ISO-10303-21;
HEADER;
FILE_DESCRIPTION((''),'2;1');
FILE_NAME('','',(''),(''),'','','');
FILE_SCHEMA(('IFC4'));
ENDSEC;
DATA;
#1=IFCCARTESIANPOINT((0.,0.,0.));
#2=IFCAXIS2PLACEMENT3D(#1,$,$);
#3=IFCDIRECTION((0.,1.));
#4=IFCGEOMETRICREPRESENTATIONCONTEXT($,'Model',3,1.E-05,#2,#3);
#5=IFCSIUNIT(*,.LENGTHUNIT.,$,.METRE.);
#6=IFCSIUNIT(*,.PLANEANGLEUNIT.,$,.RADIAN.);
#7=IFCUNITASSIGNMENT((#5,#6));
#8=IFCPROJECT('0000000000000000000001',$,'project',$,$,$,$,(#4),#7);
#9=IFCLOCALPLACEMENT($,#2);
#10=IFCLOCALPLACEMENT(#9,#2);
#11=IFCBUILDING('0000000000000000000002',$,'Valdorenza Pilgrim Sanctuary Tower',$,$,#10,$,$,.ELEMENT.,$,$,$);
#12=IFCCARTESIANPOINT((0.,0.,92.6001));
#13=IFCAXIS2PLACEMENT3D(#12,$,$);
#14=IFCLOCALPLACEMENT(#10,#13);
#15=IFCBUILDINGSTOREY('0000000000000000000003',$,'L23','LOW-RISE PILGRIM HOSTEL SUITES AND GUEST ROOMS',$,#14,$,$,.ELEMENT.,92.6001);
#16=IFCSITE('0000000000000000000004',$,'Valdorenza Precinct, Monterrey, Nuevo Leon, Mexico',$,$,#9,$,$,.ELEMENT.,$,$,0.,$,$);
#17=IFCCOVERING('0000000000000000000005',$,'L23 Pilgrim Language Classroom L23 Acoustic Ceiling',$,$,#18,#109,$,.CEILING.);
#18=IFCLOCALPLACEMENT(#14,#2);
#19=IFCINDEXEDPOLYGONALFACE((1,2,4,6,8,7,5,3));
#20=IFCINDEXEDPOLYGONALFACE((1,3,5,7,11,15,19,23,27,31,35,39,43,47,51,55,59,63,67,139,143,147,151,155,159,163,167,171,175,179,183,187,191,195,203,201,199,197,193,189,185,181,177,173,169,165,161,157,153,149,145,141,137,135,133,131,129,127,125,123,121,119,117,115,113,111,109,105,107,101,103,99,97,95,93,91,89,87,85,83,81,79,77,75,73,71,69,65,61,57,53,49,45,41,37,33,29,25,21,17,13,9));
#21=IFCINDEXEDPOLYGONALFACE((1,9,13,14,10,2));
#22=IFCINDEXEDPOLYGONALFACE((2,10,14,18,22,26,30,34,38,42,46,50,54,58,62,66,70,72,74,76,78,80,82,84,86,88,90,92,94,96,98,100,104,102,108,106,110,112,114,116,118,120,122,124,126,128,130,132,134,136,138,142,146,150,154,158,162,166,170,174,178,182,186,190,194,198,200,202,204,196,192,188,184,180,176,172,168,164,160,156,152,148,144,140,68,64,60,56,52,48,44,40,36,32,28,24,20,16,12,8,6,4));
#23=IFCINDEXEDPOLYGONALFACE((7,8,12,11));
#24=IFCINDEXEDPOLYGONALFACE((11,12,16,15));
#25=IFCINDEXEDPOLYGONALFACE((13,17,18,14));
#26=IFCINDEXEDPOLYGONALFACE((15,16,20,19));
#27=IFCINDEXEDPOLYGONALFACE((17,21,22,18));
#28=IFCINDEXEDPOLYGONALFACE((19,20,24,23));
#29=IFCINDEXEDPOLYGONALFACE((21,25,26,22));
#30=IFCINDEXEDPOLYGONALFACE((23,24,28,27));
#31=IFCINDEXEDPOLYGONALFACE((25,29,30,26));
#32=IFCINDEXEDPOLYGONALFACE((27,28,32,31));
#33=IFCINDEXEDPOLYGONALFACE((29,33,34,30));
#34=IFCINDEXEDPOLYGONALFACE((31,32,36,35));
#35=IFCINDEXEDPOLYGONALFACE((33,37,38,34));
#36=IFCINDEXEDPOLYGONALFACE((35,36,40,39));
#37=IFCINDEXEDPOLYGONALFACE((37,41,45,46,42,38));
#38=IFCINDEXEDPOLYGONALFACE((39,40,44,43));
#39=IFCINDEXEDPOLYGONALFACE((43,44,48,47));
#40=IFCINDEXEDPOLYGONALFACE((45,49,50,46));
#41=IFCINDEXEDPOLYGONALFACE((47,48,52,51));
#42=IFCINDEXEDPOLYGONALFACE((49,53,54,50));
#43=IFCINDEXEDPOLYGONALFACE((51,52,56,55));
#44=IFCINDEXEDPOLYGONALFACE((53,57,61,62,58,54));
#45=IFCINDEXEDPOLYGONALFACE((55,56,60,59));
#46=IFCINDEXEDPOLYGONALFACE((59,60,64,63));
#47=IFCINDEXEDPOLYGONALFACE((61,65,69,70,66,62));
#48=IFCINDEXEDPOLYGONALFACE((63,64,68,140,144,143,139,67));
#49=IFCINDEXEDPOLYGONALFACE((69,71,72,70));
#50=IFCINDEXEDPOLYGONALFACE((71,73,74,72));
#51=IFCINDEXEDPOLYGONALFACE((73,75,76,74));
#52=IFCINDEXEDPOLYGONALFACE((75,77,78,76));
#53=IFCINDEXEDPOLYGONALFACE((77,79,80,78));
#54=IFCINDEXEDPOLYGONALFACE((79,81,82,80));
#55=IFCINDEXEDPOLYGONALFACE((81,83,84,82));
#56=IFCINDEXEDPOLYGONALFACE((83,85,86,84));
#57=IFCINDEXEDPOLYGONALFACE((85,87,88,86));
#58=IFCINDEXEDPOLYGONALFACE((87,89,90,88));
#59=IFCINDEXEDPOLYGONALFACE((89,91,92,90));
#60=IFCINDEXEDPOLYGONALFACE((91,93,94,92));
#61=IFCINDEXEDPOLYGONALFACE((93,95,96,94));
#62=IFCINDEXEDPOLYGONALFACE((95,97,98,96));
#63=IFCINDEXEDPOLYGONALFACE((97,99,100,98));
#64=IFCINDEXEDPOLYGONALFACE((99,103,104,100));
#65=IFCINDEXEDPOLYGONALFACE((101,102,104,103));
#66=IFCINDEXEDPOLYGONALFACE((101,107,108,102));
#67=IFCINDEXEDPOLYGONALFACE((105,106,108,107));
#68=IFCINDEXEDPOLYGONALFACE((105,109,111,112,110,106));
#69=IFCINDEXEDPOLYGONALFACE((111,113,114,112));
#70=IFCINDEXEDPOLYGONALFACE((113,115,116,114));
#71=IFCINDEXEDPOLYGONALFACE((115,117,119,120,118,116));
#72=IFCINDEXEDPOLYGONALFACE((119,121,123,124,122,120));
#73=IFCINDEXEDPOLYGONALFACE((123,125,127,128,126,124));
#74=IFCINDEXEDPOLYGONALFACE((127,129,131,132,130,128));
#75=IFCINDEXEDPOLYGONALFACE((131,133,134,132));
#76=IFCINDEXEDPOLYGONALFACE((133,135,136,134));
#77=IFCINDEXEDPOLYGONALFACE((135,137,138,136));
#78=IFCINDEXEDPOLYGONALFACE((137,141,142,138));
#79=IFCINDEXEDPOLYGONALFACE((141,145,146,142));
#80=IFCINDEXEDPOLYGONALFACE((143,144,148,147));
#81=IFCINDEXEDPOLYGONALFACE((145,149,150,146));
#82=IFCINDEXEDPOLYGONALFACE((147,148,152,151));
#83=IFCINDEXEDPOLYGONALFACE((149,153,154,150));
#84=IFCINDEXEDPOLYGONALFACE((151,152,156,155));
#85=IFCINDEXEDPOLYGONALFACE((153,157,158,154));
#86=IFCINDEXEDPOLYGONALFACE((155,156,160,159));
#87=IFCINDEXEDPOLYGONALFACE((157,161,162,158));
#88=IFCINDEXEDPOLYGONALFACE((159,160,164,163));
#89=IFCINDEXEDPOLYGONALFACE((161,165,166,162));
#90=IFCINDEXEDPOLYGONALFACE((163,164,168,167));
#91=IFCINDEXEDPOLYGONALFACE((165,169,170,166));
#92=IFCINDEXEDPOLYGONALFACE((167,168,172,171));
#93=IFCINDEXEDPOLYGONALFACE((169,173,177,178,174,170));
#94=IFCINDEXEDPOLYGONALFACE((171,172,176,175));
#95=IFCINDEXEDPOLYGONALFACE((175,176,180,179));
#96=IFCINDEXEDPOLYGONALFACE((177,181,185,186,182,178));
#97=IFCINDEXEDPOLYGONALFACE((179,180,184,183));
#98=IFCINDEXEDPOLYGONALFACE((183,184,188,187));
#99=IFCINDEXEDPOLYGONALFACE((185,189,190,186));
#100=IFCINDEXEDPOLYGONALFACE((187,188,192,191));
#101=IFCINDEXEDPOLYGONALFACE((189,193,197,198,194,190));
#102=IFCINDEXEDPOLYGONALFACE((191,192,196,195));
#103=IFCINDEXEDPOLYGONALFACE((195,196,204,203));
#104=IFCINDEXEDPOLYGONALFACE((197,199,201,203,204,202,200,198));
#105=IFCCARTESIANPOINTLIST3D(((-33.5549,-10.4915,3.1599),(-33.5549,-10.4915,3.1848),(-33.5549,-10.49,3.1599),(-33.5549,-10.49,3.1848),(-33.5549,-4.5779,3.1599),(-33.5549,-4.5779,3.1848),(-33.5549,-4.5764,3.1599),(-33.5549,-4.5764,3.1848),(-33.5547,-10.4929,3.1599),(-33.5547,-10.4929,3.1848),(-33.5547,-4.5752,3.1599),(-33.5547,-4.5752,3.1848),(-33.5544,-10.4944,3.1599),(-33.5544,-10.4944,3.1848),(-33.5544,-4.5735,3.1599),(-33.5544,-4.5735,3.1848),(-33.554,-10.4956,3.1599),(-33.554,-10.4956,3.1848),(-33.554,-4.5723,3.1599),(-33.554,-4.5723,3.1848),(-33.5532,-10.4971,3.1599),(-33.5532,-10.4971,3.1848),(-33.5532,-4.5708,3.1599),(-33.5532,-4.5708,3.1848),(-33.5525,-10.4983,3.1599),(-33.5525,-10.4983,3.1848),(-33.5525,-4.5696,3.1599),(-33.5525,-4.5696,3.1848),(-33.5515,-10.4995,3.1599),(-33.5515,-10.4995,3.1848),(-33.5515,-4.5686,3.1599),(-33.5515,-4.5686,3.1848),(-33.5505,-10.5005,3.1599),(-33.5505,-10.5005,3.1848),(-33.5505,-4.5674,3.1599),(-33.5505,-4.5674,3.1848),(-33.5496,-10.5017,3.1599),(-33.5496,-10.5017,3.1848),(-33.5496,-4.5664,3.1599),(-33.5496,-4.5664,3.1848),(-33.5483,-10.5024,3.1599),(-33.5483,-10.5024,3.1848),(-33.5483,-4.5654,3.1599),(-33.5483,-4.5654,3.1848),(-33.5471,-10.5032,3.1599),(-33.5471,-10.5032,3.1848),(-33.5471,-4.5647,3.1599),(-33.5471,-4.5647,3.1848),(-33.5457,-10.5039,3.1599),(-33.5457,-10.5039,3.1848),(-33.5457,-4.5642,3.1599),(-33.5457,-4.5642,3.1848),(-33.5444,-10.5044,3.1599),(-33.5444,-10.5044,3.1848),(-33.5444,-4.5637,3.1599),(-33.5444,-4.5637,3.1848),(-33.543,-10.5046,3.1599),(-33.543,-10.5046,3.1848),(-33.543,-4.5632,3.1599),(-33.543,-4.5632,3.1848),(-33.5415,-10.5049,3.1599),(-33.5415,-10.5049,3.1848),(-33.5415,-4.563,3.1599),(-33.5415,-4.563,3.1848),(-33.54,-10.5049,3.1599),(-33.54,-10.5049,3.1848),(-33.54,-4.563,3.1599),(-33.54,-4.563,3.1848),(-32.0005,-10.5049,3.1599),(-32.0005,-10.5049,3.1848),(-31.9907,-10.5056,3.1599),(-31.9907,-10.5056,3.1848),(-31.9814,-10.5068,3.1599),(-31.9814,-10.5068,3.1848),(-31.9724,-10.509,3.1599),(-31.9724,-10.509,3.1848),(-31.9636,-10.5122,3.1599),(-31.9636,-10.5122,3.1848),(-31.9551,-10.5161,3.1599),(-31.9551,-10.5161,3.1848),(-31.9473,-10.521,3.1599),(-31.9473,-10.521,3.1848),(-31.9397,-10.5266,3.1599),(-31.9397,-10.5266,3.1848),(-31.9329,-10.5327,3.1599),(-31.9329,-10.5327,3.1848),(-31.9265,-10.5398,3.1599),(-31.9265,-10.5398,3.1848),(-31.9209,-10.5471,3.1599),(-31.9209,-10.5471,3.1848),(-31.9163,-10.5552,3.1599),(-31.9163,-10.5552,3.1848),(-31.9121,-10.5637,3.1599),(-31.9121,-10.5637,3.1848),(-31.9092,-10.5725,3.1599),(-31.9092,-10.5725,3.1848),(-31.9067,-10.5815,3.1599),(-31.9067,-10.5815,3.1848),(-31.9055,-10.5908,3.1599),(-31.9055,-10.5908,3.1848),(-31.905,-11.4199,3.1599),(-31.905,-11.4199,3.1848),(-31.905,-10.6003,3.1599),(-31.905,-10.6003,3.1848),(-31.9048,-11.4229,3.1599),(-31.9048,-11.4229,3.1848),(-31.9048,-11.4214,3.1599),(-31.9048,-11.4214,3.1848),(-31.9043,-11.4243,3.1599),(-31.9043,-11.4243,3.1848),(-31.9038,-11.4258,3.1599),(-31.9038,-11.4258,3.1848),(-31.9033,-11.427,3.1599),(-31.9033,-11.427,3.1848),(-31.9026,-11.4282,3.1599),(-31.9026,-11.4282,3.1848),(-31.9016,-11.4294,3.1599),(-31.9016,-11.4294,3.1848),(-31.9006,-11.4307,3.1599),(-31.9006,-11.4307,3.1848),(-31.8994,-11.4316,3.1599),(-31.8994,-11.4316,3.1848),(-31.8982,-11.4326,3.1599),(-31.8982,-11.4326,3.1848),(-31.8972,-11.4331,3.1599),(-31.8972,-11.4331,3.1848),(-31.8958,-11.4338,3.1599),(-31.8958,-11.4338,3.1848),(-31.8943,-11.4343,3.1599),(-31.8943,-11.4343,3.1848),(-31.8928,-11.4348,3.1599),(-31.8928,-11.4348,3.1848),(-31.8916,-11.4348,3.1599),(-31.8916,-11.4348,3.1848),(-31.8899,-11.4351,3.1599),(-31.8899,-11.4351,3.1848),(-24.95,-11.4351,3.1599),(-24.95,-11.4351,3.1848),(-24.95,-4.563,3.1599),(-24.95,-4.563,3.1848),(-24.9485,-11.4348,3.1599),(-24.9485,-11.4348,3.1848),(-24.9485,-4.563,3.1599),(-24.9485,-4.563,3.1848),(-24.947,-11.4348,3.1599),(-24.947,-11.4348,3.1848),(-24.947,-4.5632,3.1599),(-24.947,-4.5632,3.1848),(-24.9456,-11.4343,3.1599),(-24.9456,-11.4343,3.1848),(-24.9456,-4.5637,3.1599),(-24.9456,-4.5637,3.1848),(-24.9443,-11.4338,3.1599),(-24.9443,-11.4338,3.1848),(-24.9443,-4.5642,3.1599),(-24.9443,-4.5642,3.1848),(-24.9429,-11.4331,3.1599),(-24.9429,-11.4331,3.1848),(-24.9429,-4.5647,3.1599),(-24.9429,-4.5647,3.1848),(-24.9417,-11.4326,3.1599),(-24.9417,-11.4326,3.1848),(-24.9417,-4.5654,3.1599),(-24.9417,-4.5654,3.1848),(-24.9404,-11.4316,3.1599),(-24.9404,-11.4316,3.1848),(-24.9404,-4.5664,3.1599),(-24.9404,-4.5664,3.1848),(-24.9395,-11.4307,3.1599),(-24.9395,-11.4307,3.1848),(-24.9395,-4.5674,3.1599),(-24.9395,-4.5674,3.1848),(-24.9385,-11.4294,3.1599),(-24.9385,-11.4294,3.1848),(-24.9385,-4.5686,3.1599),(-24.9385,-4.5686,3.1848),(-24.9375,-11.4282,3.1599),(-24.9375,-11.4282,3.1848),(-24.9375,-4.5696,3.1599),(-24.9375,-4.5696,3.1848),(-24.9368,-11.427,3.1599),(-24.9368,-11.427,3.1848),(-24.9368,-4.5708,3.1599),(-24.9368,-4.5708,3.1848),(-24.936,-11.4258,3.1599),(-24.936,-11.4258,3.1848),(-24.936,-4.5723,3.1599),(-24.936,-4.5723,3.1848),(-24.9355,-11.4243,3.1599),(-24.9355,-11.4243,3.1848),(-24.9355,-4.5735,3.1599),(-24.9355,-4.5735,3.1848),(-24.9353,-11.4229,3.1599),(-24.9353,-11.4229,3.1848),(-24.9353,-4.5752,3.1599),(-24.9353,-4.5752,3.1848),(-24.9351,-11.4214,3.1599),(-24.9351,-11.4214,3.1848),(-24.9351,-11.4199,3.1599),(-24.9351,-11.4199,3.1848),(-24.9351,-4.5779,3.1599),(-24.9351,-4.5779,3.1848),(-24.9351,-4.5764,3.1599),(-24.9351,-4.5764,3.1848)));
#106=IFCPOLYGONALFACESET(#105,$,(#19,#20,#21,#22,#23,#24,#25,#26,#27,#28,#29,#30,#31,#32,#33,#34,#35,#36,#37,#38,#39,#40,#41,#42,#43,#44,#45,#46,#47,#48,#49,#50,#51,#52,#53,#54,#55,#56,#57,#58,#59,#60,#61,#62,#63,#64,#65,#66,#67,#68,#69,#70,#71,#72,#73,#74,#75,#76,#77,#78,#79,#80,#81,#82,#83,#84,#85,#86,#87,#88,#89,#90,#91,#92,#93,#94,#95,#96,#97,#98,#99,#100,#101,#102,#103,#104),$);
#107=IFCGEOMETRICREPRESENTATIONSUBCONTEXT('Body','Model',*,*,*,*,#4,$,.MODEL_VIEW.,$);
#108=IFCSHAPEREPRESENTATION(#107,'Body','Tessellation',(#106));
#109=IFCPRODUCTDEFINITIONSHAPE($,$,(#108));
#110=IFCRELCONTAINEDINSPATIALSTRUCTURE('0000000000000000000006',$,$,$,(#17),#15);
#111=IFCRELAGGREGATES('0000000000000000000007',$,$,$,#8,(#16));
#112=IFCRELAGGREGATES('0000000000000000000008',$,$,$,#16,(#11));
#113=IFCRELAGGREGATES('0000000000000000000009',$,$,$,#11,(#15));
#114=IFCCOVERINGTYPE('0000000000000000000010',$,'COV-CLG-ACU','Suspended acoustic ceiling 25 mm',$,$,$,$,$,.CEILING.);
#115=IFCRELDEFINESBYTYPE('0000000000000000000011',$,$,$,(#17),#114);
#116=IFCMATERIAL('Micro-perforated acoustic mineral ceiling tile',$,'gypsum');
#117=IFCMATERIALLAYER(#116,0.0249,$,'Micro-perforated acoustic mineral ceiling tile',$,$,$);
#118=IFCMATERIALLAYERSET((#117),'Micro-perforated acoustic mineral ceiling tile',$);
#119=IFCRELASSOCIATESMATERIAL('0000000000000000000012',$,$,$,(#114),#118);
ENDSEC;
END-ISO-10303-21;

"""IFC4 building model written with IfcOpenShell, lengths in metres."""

from ifc_helpers import new_model, si_unit, direction, frame, origin, place, context, subcontext, project, spatial, polyline, outline, extrude, material, layer, layer_set, type_object, element, save


model = new_model("IFC4")

# Units and contexts
model_context = context("Model", 3, precision=1e-05, world=origin(), true_north=direction((0.0, 1.0)))
body_context = subcontext(model_context, "Body", "Model", "MODEL_VIEW")
ifc_project = project(units=[si_unit("LENGTHUNIT", "METRE"), si_unit("PLANEANGLEUNIT", "RADIAN")], contexts=[model_context])

# Site, building, storey
site_placement = place(None, origin())
site = spatial("IfcSite", under=ifc_project, at=site_placement, Name="Valdorenza Precinct, Monterrey, Nuevo Leon, Mexico", CompositionType="ELEMENT", RefElevation=0.0)
building_placement = place(site_placement, origin())
building = spatial("IfcBuilding", under=site, at=building_placement, Name="Valdorenza Pilgrim Sanctuary Tower", CompositionType="ELEMENT")
storey_placement = place(building_placement, frame((0.0, 0.0, 92.6001)))
storey = spatial("IfcBuildingStorey", under=building, at=storey_placement, Name="L23", Description="LOW-RISE PILGRIM HOSTEL SUITES AND GUEST ROOMS", CompositionType="ELEMENT", Elevation=92.6001)

# Covering
ifc_material_1 = material(Name="Micro-perforated acoustic mineral ceiling tile", Category="gypsum")
ifc_layer_1 = layer(ifc_material_1, 0.0249, Name="Micro-perforated acoustic mineral ceiling tile")
ifc_layer_set_1 = layer_set([ifc_layer_1], Name="Micro-perforated acoustic mineral ceiling tile")
covering_type_1 = type_object("IfcCoveringType", Name="COV-CLG-ACU", Description="Suspended acoustic ceiling 25 mm", PredefinedType="CEILING", material=ifc_layer_set_1)
covering_1_placement = place(storey_placement, frame((0.0, 0.0, 3.1599)))
element("IfcCovering", 1, at=covering_1_placement, inside=storey, type_object=covering_type_1, Name="L23 Pilgrim Language Classroom L23 Acoustic Ceiling", PredefinedType="CEILING", context=body_context, shape_type="SweptSolid", body=[
    extrude(outline(polyline([(-24.9351, -11.4199), (-24.9351, -11.4214), (-24.9353, -11.4229), (-24.9355, -11.4243), (-24.936, -11.4258), (-24.9368, -11.427), (-24.9375, -11.4282), (-24.9385, -11.4294), (-24.9395, -11.4307), (-24.9404, -11.4316), (-24.9417, -11.4326), (-24.9429, -11.4331), (-24.9443, -11.4338), (-24.9456, -11.4343), (-24.947, -11.4348), (-24.9485, -11.4348), (-24.95, -11.4351), (-31.8899, -11.4351), (-31.8916, -11.4348), (-31.8928, -11.4348), (-31.8943, -11.4343), (-31.8958, -11.4338), (-31.8972, -11.4331), (-31.8982, -11.4326), (-31.8994, -11.4316), (-31.9006, -11.4307), (-31.9016, -11.4294), (-31.9026, -11.4282), (-31.9033, -11.427), (-31.9038, -11.4258), (-31.9043, -11.4243), (-31.9048, -11.4229), (-31.9048, -11.4214), (-31.905, -11.4199), (-31.905, -10.6003), (-31.9055, -10.5908), (-31.9067, -10.5815), (-31.9092, -10.5725), (-31.9121, -10.5637), (-31.9163, -10.5552), (-31.9209, -10.5471), (-31.9265, -10.5398), (-31.9329, -10.5327), (-31.9397, -10.5266), (-31.9473, -10.521), (-31.9551, -10.5161), (-31.9636, -10.5122), (-31.9724, -10.509), (-31.9814, -10.5068), (-31.9907, -10.5056), (-32.0005, -10.5049), (-33.54, -10.5049), (-33.5415, -10.5049), (-33.543, -10.5046), (-33.5444, -10.5044), (-33.5457, -10.5039), (-33.5471, -10.5032), (-33.5483, -10.5024), (-33.5496, -10.5017), (-33.5505, -10.5005), (-33.5515, -10.4995), (-33.5525, -10.4983), (-33.5532, -10.4971), (-33.554, -10.4956), (-33.5544, -10.4944), (-33.5547, -10.4929), (-33.5549, -10.4915), (-33.5549, -10.49), (-33.5549, -4.5779), (-33.5549, -4.5764), (-33.5547, -4.5752), (-33.5544, -4.5735), (-33.554, -4.5723), (-33.5532, -4.5708), (-33.5525, -4.5696), (-33.5515, -4.5686), (-33.5505, -4.5674), (-33.5496, -4.5664), (-33.5483, -4.5654), (-33.5471, -4.5647), (-33.5457, -4.5642), (-33.5444, -4.5637), (-33.543, -4.5632), (-33.5415, -4.563), (-33.54, -4.563), (-24.95, -4.563), (-24.9485, -4.563), (-24.947, -4.5632), (-24.9456, -4.5637), (-24.9443, -4.5642), (-24.9429, -4.5647), (-24.9417, -4.5654), (-24.9404, -4.5664), (-24.9395, -4.5674), (-24.9385, -4.5686), (-24.9375, -4.5696), (-24.9368, -4.5708), (-24.936, -4.5723), (-24.9355, -4.5735), (-24.9353, -4.5752), (-24.9351, -4.5764), (-24.9351, -4.5779), (-24.9351, -11.4199)])), origin(), (0.0, 0.0, 1.0), 0.0249),
])

save(model, "model.ifc")
